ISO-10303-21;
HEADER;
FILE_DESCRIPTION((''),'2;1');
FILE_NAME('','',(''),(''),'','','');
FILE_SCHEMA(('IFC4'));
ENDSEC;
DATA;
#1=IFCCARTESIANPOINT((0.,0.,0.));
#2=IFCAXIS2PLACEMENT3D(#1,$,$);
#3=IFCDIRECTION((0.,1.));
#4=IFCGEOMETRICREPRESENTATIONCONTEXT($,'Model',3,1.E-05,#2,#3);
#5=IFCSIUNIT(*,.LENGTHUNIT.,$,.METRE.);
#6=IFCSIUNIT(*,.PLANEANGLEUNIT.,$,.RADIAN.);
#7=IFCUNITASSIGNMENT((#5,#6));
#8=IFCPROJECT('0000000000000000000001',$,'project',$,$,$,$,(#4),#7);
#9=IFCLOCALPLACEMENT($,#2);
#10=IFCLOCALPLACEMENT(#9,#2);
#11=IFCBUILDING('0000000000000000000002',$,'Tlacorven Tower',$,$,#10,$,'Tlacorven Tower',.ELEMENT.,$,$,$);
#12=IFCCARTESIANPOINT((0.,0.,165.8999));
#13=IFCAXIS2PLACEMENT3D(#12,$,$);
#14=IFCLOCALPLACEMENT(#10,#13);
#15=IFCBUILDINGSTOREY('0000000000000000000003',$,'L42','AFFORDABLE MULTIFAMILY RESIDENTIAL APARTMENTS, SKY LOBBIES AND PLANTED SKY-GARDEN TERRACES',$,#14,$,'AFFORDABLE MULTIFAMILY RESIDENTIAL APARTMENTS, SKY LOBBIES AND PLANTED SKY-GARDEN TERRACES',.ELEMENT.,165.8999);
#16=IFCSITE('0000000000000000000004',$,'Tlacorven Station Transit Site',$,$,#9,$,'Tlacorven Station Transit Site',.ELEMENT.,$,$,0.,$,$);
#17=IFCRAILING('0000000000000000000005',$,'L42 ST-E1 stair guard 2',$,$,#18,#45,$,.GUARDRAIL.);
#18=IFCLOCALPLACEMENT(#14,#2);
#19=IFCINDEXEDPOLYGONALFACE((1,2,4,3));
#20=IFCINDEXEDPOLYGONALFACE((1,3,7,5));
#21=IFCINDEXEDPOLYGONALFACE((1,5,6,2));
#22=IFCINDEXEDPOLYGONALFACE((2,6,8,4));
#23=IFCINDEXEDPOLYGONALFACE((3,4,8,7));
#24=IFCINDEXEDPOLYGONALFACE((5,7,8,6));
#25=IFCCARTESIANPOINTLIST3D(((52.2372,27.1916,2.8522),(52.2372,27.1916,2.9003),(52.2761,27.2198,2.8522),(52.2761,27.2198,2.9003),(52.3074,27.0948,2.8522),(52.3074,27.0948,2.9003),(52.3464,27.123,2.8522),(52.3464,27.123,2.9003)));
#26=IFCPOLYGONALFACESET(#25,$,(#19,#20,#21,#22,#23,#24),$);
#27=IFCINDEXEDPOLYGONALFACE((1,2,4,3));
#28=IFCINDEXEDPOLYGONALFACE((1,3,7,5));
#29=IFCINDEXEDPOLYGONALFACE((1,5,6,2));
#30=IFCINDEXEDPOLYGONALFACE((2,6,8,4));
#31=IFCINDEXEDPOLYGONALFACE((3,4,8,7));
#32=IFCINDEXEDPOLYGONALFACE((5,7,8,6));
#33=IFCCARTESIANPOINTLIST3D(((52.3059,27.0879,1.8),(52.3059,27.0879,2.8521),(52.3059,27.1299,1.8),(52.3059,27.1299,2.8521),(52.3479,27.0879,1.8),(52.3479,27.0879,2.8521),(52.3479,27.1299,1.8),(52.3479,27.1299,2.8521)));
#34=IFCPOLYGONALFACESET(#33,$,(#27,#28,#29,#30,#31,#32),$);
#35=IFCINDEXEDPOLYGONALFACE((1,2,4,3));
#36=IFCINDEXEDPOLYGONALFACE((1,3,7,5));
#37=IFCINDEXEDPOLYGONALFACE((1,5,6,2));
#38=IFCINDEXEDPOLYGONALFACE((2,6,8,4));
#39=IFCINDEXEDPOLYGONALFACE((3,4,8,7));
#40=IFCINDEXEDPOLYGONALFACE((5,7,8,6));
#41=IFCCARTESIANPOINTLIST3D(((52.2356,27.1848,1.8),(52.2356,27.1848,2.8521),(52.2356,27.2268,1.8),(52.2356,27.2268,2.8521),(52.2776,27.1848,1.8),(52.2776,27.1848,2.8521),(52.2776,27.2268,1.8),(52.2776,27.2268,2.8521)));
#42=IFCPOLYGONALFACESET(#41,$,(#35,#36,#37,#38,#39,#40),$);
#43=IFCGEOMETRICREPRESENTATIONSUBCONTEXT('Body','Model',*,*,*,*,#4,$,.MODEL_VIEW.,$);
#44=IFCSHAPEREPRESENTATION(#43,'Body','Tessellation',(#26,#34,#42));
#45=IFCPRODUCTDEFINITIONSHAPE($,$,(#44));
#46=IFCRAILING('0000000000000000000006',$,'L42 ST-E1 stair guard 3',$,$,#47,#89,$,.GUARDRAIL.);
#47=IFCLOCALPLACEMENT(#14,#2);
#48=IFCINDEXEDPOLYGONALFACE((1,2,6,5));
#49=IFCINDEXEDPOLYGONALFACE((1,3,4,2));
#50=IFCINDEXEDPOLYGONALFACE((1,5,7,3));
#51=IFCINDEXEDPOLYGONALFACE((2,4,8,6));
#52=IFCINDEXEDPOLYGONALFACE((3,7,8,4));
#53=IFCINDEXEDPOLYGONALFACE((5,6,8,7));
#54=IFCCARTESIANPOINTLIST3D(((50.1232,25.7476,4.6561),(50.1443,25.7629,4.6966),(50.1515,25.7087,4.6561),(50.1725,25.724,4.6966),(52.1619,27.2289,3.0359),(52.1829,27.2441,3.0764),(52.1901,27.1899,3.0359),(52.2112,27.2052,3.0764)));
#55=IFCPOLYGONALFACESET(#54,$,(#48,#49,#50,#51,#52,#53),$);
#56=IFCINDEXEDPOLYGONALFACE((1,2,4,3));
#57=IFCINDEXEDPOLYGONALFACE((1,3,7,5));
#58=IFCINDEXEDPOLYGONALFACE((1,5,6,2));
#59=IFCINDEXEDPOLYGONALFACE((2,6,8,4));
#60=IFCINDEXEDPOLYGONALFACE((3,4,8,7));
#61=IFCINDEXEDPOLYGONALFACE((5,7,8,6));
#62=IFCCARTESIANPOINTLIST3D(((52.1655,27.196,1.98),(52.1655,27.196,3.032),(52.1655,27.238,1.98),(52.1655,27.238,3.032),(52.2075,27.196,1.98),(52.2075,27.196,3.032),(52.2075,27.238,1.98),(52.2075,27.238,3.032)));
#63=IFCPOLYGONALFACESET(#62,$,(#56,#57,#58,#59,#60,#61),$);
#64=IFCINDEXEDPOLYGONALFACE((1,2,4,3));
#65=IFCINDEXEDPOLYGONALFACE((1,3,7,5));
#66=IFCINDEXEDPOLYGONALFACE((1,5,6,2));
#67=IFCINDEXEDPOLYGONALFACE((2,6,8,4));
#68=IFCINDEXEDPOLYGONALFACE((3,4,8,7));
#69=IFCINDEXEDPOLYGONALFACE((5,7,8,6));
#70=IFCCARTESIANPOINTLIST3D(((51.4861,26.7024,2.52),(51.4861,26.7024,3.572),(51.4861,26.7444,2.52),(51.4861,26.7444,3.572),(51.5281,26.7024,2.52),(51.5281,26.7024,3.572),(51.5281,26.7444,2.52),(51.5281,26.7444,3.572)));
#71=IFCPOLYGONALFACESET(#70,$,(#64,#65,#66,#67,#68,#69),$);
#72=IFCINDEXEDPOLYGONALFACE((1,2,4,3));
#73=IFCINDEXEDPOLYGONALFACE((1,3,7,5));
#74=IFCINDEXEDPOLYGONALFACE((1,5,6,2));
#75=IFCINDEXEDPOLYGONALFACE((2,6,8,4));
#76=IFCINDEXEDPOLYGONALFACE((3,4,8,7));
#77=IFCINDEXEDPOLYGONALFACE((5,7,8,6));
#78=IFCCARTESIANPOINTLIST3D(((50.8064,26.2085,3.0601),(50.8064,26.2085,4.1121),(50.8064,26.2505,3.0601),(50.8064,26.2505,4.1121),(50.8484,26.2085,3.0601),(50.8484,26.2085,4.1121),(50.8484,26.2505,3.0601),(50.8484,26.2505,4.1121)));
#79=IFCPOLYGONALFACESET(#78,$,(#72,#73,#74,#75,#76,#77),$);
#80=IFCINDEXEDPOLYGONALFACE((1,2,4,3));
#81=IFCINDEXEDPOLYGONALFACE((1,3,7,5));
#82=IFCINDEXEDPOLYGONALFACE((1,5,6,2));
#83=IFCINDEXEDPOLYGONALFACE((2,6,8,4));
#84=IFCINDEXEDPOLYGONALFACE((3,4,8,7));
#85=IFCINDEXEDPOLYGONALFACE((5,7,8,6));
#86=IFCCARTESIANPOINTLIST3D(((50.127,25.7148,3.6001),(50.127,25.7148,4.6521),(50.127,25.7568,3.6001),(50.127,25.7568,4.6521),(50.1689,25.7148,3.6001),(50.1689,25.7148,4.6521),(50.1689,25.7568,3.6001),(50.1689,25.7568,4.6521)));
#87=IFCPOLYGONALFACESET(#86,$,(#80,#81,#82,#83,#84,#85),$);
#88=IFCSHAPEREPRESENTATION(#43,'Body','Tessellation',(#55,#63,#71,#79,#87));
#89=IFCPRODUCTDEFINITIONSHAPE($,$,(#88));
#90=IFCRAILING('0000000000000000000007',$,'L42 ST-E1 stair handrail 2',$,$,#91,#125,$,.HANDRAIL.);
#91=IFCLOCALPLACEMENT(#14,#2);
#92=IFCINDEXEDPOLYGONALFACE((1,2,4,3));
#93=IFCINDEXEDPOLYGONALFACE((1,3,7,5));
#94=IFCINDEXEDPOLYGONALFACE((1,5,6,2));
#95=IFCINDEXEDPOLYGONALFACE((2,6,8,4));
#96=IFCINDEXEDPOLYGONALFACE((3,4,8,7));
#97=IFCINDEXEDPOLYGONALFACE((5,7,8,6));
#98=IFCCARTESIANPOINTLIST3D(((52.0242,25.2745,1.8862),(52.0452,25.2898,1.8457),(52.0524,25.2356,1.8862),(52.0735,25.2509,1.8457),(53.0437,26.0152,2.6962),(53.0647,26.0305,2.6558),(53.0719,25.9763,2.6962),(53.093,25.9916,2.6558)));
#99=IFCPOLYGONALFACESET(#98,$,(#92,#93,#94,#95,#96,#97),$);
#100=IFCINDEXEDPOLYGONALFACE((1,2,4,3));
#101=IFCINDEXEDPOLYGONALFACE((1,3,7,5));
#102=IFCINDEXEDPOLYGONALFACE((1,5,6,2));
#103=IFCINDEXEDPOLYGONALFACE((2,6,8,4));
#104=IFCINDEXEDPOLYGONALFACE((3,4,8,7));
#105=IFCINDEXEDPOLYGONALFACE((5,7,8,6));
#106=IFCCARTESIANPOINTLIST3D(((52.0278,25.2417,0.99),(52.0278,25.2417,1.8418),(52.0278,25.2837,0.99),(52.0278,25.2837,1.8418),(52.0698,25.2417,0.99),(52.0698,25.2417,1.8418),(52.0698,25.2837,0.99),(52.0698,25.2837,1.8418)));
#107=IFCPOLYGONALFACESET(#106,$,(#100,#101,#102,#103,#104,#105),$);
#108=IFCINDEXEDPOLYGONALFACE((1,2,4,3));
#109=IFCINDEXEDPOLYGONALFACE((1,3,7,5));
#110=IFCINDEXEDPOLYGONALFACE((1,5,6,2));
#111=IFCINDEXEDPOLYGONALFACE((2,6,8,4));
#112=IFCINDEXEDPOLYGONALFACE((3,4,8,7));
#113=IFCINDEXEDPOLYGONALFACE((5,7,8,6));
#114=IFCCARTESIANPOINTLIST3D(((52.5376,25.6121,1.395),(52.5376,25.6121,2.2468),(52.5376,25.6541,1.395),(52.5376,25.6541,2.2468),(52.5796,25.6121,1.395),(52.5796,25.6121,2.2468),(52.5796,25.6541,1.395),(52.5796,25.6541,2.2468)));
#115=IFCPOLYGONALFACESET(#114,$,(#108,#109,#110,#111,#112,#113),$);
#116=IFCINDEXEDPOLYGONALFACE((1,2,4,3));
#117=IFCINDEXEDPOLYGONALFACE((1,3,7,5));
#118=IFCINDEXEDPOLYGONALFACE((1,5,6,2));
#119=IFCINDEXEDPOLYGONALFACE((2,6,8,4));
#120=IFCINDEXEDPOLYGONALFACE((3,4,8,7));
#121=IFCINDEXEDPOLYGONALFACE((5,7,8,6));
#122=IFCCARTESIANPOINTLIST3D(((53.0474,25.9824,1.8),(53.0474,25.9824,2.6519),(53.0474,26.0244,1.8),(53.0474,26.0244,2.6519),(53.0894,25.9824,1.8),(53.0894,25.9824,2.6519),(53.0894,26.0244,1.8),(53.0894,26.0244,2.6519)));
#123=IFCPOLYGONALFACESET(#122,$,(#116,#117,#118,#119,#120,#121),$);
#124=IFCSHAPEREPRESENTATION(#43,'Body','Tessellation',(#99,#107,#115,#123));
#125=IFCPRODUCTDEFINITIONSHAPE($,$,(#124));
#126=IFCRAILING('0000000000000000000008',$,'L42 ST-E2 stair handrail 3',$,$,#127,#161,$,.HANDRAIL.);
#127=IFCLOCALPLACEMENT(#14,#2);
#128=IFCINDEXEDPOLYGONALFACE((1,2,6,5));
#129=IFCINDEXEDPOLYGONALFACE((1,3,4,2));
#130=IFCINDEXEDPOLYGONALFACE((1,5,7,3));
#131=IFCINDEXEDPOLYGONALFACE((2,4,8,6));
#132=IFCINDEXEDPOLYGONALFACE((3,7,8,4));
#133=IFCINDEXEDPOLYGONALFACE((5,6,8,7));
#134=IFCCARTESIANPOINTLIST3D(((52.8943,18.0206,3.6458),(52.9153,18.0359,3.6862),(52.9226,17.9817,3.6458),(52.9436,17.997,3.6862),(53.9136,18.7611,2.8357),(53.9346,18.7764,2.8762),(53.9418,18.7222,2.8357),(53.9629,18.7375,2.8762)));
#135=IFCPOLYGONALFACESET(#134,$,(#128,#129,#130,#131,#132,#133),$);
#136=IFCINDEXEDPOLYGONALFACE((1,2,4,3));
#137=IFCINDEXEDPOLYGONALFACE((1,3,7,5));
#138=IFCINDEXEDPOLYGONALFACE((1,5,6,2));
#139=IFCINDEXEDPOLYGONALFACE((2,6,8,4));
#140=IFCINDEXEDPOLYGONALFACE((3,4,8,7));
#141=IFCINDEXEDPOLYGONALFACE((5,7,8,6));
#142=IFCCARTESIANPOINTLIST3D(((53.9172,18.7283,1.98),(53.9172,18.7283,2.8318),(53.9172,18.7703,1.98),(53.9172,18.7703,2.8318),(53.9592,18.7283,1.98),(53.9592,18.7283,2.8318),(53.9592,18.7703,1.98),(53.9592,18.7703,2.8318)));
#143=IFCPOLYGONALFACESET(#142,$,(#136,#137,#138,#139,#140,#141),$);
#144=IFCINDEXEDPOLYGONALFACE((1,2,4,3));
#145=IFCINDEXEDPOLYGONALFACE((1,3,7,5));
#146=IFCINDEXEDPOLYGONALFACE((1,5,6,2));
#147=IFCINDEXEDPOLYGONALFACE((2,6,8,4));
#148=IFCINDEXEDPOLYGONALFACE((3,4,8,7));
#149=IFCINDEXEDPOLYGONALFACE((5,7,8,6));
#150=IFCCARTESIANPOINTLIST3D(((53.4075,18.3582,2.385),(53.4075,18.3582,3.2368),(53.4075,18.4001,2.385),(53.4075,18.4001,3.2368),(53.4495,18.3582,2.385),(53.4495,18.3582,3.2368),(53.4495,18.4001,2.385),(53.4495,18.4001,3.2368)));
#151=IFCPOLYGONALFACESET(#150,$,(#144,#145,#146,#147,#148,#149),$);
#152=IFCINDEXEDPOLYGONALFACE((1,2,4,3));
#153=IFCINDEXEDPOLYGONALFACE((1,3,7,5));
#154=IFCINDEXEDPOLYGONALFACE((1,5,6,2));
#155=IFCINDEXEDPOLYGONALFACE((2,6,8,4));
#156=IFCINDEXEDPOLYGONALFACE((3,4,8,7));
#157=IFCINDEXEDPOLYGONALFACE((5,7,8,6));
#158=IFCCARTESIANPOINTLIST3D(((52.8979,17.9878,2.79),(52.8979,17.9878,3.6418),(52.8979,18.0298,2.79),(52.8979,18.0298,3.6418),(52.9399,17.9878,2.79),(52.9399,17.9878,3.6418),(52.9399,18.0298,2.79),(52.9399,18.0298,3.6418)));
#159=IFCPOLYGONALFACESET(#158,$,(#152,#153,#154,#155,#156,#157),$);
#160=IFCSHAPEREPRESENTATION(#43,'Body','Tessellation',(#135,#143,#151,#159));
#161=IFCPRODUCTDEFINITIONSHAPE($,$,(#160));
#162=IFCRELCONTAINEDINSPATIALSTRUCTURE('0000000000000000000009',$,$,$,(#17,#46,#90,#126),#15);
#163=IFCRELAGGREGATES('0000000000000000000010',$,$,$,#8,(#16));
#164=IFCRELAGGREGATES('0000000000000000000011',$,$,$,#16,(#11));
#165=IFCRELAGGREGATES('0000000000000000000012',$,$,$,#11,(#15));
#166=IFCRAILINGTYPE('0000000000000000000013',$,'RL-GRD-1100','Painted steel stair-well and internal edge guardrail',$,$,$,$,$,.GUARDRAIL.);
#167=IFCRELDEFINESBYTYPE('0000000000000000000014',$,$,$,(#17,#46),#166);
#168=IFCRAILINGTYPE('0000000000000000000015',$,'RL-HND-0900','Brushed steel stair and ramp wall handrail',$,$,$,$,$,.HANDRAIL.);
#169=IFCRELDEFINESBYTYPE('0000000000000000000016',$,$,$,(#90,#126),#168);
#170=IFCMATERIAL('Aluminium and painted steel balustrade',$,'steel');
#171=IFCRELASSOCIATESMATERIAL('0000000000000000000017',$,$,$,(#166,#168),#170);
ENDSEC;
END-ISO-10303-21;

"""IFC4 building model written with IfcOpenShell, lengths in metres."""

from ifc_helpers import new_model, si_unit, direction, frame, origin, origin_2d, place, context, subcontext, project, spatial, rectangle, extrude, source, transform, mapped, material, type_object, element, save


model = new_model("IFC4")

# Units and contexts
model_context = context("Model", 3, precision=1e-05, world=origin(), true_north=direction((0.0, 1.0)))
body_context = subcontext(model_context, "Body", "Model", "MODEL_VIEW")
ifc_project = project(units=[si_unit("LENGTHUNIT", "METRE"), si_unit("PLANEANGLEUNIT", "RADIAN")], contexts=[model_context])

# Site, building, storey
site_placement = place(None, origin())
site = spatial("IfcSite", under=ifc_project, at=site_placement, Name="Tlacorven Station Transit Site", LongName="Tlacorven Station Transit Site", CompositionType="ELEMENT", RefElevation=0.0)
building_placement = place(site_placement, origin())
building = spatial("IfcBuilding", under=site, at=building_placement, Name="Tlacorven Tower", LongName="Tlacorven Tower", CompositionType="ELEMENT")
storey_placement = place(building_placement, frame((0.0, 0.0, 165.8999)))
storey = spatial("IfcBuildingStorey", under=building, at=storey_placement, Name="L42", Description="AFFORDABLE MULTIFAMILY RESIDENTIAL APARTMENTS, SKY LOBBIES AND PLANTED SKY-GARDEN TERRACES", LongName="AFFORDABLE MULTIFAMILY RESIDENTIAL APARTMENTS, SKY LOBBIES AND PLANTED SKY-GARDEN TERRACES", CompositionType="ELEMENT", Elevation=165.8999)

# Railings
ifc_material_1 = material(Name="Aluminium and painted steel balustrade", Category="steel")
railing_type_1 = type_object("IfcRailingType", Name="RL-GRD-1100", Description="Painted steel stair-well and internal edge guardrail", PredefinedType="GUARDRAIL", material=ifc_material_1)
shared_shape_1 = source(origin(), body_context, "Body", "SweptSolid", [
    extrude(rectangle(XDim=0.0481, YDim=0.0481, at=origin_2d()), frame((0.0, 0.0, 1.0762), z_axis=(-0.587201, 0.809441, 0.0), x_axis=(-0.809441, -0.587201, 0.0)), (0.0, 0.0, 1.0), 0.1196),
    extrude(rectangle(XDim=0.042, YDim=0.042, at=origin_2d()), origin(), (0.0, 0.0, 1.0), 1.052),
    extrude(rectangle(XDim=0.042, YDim=0.042, at=origin_2d()), frame((-0.0703, 0.0969, 0.0)), (0.0, 0.0, 1.0), 1.052),
])
railing_1_placement = place(storey_placement, frame((52.3269, 27.1089, 1.8)))
element("IfcRailing", 1, at=railing_1_placement, inside=storey, type_object=railing_type_1, Name="L42 ST-E1 stair guard 2", PredefinedType="GUARDRAIL", context=body_context, shape_type="MappedRepresentation", body=[
    mapped(shared_shape_1, transform((0.0, 0.0, 0.0), scale=1.0)),
])
shared_shape_2 = source(origin(), body_context, "Body", "SweptSolid", [
    extrude(rectangle(XDim=0.0481, YDim=0.0481, at=origin_2d()), frame((0.0, 0.0, 1.0762), z_axis=(-0.680489, -0.494434, 0.540805), x_axis=(0.587809, -0.809, 0.0)), (0.0, 0.0, 1.0), 2.9958),
    extrude(rectangle(XDim=0.042, YDim=0.042, at=origin_2d()), origin(), (0.0, 0.0, 1.0), 1.052),
    extrude(rectangle(XDim=0.042, YDim=0.042, at=origin_2d()), frame((-0.6794, -0.4937, 0.54)), (0.0, 0.0, 1.0), 1.052),
    extrude(rectangle(XDim=0.042, YDim=0.042, at=origin_2d()), frame((-1.3591, -0.9875, 1.0801)), (0.0, 0.0, 1.0), 1.052),
    extrude(rectangle(XDim=0.042, YDim=0.042, at=origin_2d()), frame((-2.0386, -1.4812, 1.6201)), (0.0, 0.0, 1.0), 1.052),
])
railing_2_placement = place(storey_placement, frame((52.1865, 27.217, 1.98)))
element("IfcRailing", 2, at=railing_2_placement, inside=storey, type_object=railing_type_1, Name="L42 ST-E1 stair guard 3", PredefinedType="GUARDRAIL", context=body_context, shape_type="MappedRepresentation", body=[
    mapped(shared_shape_2, transform((0.0, 0.0, 0.0), scale=1.0)),
])
railing_type_2 = type_object("IfcRailingType", Name="RL-HND-0900", Description="Brushed steel stair and ramp wall handrail", PredefinedType="HANDRAIL", material=ifc_material_1)
shared_shape_3 = source(origin(), body_context, "Body", "SweptSolid", [
    extrude(rectangle(XDim=0.0481, YDim=0.0481, at=origin_2d()), frame((0.0, 0.0, 0.876), z_axis=(0.680549, 0.494441, 0.540723), x_axis=(-0.58778, 0.809021, 0.0)), (0.0, 0.0, 1.0), 1.498),
    extrude(rectangle(XDim=0.042, YDim=0.042, at=origin_2d()), origin(), (0.0, 0.0, 1.0), 0.8518),
    extrude(rectangle(XDim=0.042, YDim=0.042, at=origin_2d()), frame((0.5098, 0.3704, 0.405)), (0.0, 0.0, 1.0), 0.8518),
    extrude(rectangle(XDim=0.042, YDim=0.042, at=origin_2d()), frame((1.0195, 0.7407, 0.8101)), (0.0, 0.0, 1.0), 0.8518),
])
railing_3_placement = place(storey_placement, frame((52.0488, 25.2627, 0.99)))
element("IfcRailing", 3, at=railing_3_placement, inside=storey, type_object=railing_type_2, Name="L42 ST-E1 stair handrail 2", PredefinedType="HANDRAIL", context=body_context, shape_type="MappedRepresentation", body=[
    mapped(shared_shape_3, transform((0.0, 0.0, 0.0), scale=1.0)),
])
shared_shape_4 = source(origin(), body_context, "Body", "SweptSolid", [
    extrude(rectangle(XDim=0.0481, YDim=0.0481, at=origin_2d()), frame((0.0, 0.0, 0.876), z_axis=(-0.680516, -0.494373, 0.540827), x_axis=(0.587745, -0.809046, 0.0)), (0.0, 0.0, 1.0), 1.4978),
    extrude(rectangle(XDim=0.042, YDim=0.042, at=origin_2d()), origin(), (0.0, 0.0, 1.0), 0.8518),
    extrude(rectangle(XDim=0.042, YDim=0.042, at=origin_2d()), frame((-0.5098, -0.3701, 0.405)), (0.0, 0.0, 1.0), 0.8518),
    extrude(rectangle(XDim=0.042, YDim=0.042, at=origin_2d()), frame((-1.0193, -0.7405, 0.8101)), (0.0, 0.0, 1.0), 0.8518),
])
railing_4_placement = place(storey_placement, frame((53.9382, 18.7493, 1.98)))
element("IfcRailing", 4, at=railing_4_placement, inside=storey, type_object=railing_type_2, Name="L42 ST-E2 stair handrail 3", PredefinedType="HANDRAIL", context=body_context, shape_type="MappedRepresentation", body=[
    mapped(shared_shape_4, transform((0.0, 0.0, 0.0), scale=1.0)),
])

save(model, "model.ifc")
